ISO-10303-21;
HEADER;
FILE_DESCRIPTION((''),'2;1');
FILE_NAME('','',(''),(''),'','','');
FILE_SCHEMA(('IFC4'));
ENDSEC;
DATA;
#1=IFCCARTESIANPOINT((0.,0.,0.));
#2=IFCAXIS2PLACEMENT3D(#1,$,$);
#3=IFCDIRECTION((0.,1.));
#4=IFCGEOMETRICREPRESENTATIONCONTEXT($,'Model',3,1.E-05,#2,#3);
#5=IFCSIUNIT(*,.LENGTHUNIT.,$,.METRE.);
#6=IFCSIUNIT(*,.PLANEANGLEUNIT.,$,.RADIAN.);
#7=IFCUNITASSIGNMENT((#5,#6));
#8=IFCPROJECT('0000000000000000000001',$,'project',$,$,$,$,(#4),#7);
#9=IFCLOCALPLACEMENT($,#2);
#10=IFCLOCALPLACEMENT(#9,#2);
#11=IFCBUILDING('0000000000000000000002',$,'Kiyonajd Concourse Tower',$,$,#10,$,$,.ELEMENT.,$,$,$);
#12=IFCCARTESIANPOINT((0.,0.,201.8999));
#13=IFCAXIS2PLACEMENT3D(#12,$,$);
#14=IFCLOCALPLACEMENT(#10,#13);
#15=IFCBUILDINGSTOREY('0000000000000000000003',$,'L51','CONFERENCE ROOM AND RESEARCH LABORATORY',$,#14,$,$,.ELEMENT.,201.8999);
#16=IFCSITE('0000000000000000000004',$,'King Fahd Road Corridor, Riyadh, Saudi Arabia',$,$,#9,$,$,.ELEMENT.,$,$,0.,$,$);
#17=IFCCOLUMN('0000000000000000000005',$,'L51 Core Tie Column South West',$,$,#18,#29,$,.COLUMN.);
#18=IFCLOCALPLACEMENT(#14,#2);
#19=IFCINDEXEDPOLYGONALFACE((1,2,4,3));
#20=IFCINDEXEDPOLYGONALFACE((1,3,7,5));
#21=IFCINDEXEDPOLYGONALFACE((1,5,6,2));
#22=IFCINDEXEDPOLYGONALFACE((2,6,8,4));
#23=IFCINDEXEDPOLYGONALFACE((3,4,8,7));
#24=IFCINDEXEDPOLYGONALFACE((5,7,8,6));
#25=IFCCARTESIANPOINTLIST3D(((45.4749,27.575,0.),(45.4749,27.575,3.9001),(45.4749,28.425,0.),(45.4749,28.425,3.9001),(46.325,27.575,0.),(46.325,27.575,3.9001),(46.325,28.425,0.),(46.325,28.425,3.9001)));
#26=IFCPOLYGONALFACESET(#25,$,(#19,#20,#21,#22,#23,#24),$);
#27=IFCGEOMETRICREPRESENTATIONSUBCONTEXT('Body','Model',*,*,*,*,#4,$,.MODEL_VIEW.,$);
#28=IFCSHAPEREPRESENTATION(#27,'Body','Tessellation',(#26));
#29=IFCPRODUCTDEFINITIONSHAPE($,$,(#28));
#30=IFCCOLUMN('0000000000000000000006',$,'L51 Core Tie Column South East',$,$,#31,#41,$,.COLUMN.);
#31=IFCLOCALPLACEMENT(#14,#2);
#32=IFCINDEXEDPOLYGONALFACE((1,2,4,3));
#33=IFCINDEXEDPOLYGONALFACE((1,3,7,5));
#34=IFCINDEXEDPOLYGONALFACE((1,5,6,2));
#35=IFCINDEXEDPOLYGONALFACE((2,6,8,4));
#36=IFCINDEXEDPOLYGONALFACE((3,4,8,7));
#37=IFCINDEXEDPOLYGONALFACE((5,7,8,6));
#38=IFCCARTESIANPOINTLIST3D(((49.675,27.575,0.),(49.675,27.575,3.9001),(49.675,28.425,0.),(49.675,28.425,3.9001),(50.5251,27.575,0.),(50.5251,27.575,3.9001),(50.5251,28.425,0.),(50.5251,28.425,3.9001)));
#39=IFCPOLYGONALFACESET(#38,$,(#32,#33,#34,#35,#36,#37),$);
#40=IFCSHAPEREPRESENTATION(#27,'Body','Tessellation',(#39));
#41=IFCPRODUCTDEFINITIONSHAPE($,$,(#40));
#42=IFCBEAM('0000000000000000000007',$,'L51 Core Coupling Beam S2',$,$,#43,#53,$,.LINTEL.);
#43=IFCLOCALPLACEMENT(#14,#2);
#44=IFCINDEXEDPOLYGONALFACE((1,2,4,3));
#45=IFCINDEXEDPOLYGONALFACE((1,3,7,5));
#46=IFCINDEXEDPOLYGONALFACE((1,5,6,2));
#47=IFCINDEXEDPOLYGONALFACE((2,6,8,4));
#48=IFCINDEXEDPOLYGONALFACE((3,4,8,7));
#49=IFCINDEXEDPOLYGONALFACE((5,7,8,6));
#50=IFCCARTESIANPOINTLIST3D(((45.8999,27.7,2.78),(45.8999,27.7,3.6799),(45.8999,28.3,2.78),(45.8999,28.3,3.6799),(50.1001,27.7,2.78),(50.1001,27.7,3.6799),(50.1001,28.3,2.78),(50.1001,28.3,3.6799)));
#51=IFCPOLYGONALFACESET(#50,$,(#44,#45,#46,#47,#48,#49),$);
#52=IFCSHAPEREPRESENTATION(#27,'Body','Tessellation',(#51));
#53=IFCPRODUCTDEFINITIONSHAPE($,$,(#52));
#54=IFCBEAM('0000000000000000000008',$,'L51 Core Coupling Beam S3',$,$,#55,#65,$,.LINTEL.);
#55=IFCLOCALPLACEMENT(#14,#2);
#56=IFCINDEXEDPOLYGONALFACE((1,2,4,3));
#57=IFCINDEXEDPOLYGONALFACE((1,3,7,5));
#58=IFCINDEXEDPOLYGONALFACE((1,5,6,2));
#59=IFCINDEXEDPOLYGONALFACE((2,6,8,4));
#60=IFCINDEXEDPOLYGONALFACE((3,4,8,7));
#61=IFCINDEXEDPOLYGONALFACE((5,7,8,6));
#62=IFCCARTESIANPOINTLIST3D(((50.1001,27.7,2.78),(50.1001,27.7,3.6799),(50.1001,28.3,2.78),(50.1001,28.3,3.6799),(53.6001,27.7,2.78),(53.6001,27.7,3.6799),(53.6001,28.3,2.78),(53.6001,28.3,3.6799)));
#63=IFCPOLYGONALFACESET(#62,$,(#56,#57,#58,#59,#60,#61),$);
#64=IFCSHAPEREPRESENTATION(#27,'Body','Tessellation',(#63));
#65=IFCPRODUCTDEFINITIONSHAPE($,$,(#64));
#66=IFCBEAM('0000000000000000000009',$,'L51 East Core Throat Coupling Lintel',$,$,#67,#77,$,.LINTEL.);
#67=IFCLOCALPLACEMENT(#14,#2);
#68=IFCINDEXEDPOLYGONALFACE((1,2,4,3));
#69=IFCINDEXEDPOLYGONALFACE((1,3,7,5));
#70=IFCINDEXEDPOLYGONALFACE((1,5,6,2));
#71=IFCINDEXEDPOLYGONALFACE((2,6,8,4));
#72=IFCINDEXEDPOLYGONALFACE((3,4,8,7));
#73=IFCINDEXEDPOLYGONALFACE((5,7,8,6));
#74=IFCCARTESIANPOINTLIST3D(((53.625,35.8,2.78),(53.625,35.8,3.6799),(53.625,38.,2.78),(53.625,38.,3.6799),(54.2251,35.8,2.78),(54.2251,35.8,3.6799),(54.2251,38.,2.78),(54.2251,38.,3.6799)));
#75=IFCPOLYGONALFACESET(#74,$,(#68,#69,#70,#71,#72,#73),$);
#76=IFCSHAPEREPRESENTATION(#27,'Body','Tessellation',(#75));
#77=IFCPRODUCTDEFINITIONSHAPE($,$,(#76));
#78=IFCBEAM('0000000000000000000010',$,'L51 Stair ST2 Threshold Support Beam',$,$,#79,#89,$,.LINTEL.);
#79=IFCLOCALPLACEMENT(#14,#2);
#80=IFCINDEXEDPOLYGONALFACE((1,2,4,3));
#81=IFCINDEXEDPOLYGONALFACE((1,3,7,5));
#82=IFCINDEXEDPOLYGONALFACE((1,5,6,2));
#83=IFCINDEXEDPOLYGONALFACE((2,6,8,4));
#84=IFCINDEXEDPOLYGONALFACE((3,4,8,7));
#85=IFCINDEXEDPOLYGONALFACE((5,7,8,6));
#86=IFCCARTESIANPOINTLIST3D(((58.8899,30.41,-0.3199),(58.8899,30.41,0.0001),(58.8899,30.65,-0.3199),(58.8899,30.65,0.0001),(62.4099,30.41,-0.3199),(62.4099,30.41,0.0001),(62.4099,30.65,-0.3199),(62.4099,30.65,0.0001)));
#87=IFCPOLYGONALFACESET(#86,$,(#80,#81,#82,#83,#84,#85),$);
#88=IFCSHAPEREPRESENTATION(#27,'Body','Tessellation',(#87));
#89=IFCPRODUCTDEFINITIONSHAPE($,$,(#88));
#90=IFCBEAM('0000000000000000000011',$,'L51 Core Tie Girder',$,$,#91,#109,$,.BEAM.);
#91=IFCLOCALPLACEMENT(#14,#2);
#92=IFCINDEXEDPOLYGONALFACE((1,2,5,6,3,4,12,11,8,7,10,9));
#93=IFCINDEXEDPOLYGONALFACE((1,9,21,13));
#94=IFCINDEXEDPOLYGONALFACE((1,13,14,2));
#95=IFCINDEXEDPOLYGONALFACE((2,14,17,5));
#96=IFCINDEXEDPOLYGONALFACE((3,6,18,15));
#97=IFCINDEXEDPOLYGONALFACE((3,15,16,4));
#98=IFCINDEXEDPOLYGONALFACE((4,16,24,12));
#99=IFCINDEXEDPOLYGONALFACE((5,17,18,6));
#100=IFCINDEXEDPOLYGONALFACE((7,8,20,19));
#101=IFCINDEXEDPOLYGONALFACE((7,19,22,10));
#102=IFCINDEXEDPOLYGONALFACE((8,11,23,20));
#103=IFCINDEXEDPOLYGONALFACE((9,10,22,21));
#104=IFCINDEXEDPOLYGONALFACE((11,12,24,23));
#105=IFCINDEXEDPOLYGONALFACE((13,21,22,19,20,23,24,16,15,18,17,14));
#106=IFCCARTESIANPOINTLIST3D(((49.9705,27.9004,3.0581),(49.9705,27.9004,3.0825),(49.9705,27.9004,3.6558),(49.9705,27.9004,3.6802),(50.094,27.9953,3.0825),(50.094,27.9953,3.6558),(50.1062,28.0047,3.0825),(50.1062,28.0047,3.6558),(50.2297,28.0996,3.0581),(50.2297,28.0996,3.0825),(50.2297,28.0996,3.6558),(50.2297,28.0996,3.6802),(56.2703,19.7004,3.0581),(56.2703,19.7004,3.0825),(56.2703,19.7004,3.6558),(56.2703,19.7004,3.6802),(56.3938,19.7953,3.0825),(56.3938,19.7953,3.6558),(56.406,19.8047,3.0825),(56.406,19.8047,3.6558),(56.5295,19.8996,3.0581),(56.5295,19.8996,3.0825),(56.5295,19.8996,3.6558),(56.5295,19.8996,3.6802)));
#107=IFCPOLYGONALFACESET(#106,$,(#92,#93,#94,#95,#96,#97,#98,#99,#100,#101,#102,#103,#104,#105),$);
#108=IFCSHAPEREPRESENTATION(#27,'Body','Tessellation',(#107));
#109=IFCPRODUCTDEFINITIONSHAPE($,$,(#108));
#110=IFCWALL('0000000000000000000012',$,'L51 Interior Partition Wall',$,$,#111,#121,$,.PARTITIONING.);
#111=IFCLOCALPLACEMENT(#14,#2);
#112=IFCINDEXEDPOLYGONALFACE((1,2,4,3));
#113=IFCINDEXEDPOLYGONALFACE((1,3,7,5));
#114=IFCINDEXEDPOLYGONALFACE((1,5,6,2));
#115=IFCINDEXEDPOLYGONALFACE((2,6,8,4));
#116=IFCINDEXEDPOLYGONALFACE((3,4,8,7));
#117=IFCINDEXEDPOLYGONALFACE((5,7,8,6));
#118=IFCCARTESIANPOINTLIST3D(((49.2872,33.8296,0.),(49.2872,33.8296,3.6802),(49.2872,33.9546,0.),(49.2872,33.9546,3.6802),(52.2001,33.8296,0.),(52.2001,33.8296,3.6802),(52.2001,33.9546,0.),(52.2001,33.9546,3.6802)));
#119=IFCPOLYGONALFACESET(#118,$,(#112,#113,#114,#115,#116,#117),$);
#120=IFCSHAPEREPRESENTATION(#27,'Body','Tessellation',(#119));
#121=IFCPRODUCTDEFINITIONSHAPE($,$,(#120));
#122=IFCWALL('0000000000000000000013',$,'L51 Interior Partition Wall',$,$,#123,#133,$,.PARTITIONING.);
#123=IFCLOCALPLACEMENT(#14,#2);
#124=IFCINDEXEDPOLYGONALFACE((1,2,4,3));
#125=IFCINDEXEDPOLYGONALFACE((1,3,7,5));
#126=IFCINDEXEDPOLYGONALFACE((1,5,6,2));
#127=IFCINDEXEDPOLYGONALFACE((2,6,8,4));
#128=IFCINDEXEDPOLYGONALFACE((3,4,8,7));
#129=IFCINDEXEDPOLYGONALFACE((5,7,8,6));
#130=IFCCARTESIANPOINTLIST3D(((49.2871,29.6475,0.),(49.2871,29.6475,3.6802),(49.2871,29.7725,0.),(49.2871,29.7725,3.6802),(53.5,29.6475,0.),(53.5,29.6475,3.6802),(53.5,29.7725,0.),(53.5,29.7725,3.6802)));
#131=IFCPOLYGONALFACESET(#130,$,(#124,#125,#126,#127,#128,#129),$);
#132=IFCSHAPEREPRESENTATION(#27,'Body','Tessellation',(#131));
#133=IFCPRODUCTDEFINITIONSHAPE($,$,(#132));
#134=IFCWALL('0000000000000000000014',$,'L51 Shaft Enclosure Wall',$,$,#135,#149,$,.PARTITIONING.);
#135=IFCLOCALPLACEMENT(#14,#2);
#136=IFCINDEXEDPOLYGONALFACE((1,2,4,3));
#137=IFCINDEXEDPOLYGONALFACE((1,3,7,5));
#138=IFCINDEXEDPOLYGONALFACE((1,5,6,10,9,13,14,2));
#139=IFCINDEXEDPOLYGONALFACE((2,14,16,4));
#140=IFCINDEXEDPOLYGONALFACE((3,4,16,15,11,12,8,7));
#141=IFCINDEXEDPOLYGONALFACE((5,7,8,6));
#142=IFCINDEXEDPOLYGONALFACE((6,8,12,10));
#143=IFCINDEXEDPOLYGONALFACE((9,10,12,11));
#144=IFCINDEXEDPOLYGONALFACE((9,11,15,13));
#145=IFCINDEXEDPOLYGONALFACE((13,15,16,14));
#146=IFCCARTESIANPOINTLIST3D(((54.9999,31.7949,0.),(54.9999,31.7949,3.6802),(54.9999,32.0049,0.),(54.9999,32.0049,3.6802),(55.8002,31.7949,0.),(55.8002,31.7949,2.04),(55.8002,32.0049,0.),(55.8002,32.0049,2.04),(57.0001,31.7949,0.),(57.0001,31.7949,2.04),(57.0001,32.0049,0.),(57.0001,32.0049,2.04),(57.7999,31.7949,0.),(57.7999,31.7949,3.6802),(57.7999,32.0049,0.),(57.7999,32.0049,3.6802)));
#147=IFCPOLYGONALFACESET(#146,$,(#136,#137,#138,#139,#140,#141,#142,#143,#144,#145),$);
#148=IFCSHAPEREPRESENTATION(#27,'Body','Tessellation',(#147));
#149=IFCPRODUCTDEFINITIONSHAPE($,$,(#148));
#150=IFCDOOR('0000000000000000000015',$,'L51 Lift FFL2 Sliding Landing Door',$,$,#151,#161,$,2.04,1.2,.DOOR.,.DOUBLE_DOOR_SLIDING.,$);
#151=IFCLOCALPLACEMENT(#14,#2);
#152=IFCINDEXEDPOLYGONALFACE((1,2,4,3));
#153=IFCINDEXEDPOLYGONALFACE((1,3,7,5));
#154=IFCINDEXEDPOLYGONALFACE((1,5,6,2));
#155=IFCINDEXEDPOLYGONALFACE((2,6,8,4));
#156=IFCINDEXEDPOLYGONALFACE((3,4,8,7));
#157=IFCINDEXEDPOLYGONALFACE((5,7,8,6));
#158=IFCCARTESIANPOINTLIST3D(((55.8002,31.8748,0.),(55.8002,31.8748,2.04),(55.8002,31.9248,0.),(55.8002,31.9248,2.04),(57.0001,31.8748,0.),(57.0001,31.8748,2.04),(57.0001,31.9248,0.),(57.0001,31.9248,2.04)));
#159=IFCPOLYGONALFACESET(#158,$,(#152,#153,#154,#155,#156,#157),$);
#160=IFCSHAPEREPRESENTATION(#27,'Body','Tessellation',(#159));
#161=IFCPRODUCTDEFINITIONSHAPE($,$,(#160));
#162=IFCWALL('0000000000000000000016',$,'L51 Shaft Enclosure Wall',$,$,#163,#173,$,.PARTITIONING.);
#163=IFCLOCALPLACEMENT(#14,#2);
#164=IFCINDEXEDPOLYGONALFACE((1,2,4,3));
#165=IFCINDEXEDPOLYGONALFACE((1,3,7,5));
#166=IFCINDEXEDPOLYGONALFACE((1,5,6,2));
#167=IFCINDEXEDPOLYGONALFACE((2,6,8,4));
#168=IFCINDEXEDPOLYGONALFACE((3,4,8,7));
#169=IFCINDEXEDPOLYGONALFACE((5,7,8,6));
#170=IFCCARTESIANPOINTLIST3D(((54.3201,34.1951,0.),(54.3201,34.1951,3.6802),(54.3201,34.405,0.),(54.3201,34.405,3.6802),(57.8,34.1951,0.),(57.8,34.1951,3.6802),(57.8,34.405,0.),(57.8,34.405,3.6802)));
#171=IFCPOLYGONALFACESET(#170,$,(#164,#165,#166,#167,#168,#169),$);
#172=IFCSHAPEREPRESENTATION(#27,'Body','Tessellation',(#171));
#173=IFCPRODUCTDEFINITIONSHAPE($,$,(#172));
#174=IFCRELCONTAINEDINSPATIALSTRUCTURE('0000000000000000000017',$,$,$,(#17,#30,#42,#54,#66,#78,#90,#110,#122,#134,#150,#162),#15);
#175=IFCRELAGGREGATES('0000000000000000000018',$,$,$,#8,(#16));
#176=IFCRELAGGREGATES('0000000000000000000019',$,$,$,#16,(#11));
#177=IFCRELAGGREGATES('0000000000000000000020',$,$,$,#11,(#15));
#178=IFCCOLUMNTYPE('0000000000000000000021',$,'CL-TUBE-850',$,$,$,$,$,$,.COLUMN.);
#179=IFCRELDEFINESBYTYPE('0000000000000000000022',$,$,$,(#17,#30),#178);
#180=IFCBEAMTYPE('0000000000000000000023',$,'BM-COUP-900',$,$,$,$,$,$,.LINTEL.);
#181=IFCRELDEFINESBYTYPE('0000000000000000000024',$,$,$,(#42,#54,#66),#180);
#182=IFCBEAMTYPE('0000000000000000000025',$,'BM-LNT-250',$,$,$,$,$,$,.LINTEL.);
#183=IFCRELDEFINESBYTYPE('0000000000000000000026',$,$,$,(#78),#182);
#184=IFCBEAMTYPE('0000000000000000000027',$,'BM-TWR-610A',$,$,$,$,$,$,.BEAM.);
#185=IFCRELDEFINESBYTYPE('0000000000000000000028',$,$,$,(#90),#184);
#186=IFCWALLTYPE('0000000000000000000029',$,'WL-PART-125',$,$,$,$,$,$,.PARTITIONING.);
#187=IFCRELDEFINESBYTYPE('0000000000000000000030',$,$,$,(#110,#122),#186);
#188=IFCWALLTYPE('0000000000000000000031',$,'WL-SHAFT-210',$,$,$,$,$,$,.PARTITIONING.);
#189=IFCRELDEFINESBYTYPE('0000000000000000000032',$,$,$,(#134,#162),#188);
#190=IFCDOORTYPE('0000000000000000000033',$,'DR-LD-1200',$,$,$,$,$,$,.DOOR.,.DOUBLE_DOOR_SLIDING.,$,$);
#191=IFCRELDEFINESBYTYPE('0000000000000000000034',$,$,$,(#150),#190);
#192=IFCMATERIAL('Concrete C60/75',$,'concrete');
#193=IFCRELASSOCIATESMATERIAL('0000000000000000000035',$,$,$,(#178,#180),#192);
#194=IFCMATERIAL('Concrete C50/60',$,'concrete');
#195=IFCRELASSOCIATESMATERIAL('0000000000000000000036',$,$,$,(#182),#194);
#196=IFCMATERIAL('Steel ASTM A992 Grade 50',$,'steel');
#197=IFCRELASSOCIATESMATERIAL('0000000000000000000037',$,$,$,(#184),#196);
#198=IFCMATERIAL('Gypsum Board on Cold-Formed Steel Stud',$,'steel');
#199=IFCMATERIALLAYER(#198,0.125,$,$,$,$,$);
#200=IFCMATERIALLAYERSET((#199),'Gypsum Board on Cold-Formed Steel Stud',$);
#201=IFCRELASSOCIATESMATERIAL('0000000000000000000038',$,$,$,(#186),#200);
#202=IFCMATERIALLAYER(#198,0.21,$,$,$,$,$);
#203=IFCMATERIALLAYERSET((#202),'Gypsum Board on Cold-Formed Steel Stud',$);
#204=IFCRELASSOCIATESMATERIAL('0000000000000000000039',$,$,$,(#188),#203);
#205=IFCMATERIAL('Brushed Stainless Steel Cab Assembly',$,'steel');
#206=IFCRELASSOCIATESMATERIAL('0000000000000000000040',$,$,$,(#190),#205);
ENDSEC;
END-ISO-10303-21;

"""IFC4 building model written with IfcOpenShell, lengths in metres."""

from ifc_helpers import new_model, si_unit, direction, frame, frame_2d, origin, origin_2d, place, context, subcontext, project, spatial, rectangle, i_section, extrude, material, layer, layer_set, material_profile, profile_set, type_object, element, fill, save


model = new_model("IFC4")

# Units and contexts
model_context = context("Model", 3, precision=1e-05, world=origin(), true_north=direction((0.0, 1.0)))
body_context = subcontext(model_context, "Body", "Model", "MODEL_VIEW")
ifc_project = project(units=[si_unit("LENGTHUNIT", "METRE"), si_unit("PLANEANGLEUNIT", "RADIAN")], contexts=[model_context])

# Site, building, storey
site_placement = place(None, origin())
site = spatial("IfcSite", under=ifc_project, at=site_placement, Name="King Fahd Road Corridor, Riyadh, Saudi Arabia", CompositionType="ELEMENT", RefElevation=0.0)
building_placement = place(site_placement, origin())
building = spatial("IfcBuilding", under=site, at=building_placement, Name="Kiyonajd Concourse Tower", CompositionType="ELEMENT")
storey_placement = place(building_placement, frame((0.0, 0.0, 201.8999)))
storey = spatial("IfcBuildingStorey", under=building, at=storey_placement, Name="L51", Description="CONFERENCE ROOM AND RESEARCH LABORATORY", CompositionType="ELEMENT", Elevation=201.8999)

# Columns
ifc_material_1 = material(Name="Concrete C60/75", Category="concrete")
ifc_material_profile_1 = material_profile(ifc_material_1, rectangle(XDim=0.8501, YDim=0.8501, at=origin_2d()), Name="RC-850x850")
ifc_profile_set_1 = profile_set([ifc_material_profile_1], Name="Concrete C60/75")
column_type = type_object("IfcColumnType", Name="CL-TUBE-850", PredefinedType="COLUMN", material=ifc_profile_set_1)
for number, where, z_axis, x_axis, name in (
    (1, (45.8999, 28.0, 0.0), (0.0, 0.0, 1.0), (1.0, 0.0, 0.0), "L51 Core Tie Column South West"),
    (2, (50.1001, 28.0, 0.0), (0.0, 0.0, 1.0), (1.0, 0.0, 0.0), "L51 Core Tie Column South East"),
):
    element("IfcColumn", number, at=place(storey_placement, frame(where, z_axis=z_axis, x_axis=x_axis)), inside=storey, type_object=column_type, Name=name, PredefinedType="COLUMN", context=body_context, shape_type="SweptSolid", body=[
        extrude(rectangle(XDim=0.8501, YDim=0.8501, at=origin_2d()), origin(), (0.0, 0.0, 1.0), 3.9001),
    ])

# Beams
ifc_material_profile_2 = material_profile(ifc_material_1, rectangle(XDim=0.6001, YDim=0.8999, at=origin_2d()), Name="RCBM-600x900")
ifc_profile_set_2 = profile_set([ifc_material_profile_2], Name="Concrete C60/75")
beam_type_1 = type_object("IfcBeamType", Name="BM-COUP-900", PredefinedType="LINTEL", material=ifc_profile_set_2)
beam_1_placement = place(storey_placement, frame((45.8999, 28.0, 3.23), z_axis=(1.0, 0.0, 0.0), x_axis=(0.0, 1.0, 0.0)))
element("IfcBeam", 3, at=beam_1_placement, inside=storey, type_object=beam_type_1, Name="L51 Core Coupling Beam S2", PredefinedType="LINTEL", context=body_context, shape_type="SweptSolid", body=[
    extrude(rectangle(XDim=0.6001, YDim=0.8999, at=origin_2d()), origin(), (0.0, 0.0, 1.0), 4.2002),
])
beam_2_placement = place(storey_placement, frame((50.1001, 28.0, 3.23), z_axis=(1.0, 0.0, 0.0), x_axis=(0.0, 1.0, 0.0)))
element("IfcBeam", 4, at=beam_2_placement, inside=storey, type_object=beam_type_1, Name="L51 Core Coupling Beam S3", PredefinedType="LINTEL", context=body_context, shape_type="SweptSolid", body=[
    extrude(rectangle(XDim=0.6001, YDim=0.8999, at=origin_2d()), origin(), (0.0, 0.0, 1.0), 3.5),
])
beam_3_placement = place(storey_placement, frame((53.925, 35.8, 3.23), z_axis=(0.0, 1.0, 0.0), x_axis=(-1.0, 0.0, 0.0)))
element("IfcBeam", 5, at=beam_3_placement, inside=storey, type_object=beam_type_1, Name="L51 East Core Throat Coupling Lintel", PredefinedType="LINTEL", context=body_context, shape_type="SweptSolid", body=[
    extrude(rectangle(XDim=0.6001, YDim=0.8999, at=origin_2d()), origin(), (0.0, 0.0, 1.0), 2.2),
])
ifc_material_2 = material(Name="Concrete C50/60", Category="concrete")
ifc_material_profile_3 = material_profile(ifc_material_2, rectangle(XDim=0.24, YDim=0.3201, at=origin_2d()), Name="RCBM-240x320")
ifc_profile_set_3 = profile_set([ifc_material_profile_3], Name="Concrete C50/60")
beam_type_2 = type_object("IfcBeamType", Name="BM-LNT-250", PredefinedType="LINTEL", material=ifc_profile_set_3)
beam_4_placement = place(storey_placement, frame((58.8899, 30.53, -0.1599), z_axis=(1.0, 0.0, 0.0), x_axis=(0.0, 1.0, 0.0)))
element("IfcBeam", 6, at=beam_4_placement, inside=storey, type_object=beam_type_2, Name="L51 Stair ST2 Threshold Support Beam", PredefinedType="LINTEL", context=body_context, shape_type="SweptSolid", body=[
    extrude(rectangle(XDim=0.24, YDim=0.3201, at=origin_2d()), origin(), (0.0, 0.0, 1.0), 3.52),
])
ifc_material_3 = material(Name="Steel ASTM A992 Grade 50", Category="steel")
ifc_material_profile_4 = material_profile(ifc_material_3, i_section(OverallWidth=0.3269, OverallDepth=0.6221, WebThickness=0.0154, FlangeThickness=0.0244, at=origin_2d()), Name="W610X195")
ifc_profile_set_4 = profile_set([ifc_material_profile_4], Name="Steel ASTM A992 Grade 50")
beam_type_3 = type_object("IfcBeamType", Name="BM-TWR-610A", PredefinedType="BEAM", material=ifc_profile_set_4)
beam_5_placement = place(storey_placement, frame((50.1001, 28.0, 3.3691), z_axis=(0.609234, -0.792991, 0.0), x_axis=(0.792991, 0.609234, 0.0)))
element("IfcBeam", 7, at=beam_5_placement, inside=storey, type_object=beam_type_3, Name="L51 Core Tie Girder", PredefinedType="BEAM", context=body_context, shape_type="SweptSolid", body=[
    extrude(i_section(OverallWidth=0.3269, OverallDepth=0.6221, WebThickness=0.0154, FlangeThickness=0.0244, at=origin_2d()), origin(), (0.0, 0.0, 1.0), 10.3406),
])

# Walls
ifc_material_4 = material(Name="Gypsum Board on Cold-Formed Steel Stud", Category="steel")
ifc_layer_1 = layer(ifc_material_4, 0.125)
ifc_layer_set_1 = layer_set([ifc_layer_1], Name="Gypsum Board on Cold-Formed Steel Stud")
wall_type_1 = type_object("IfcWallType", Name="WL-PART-125", PredefinedType="PARTITIONING", material=ifc_layer_set_1)
wall_1_placement = place(storey_placement, frame((49.2871, 33.8921, 0.0), z_axis=(0.0, 0.0, 1.0), x_axis=(1.0, 0.0, 0.0)))
element("IfcWall", 8, at=wall_1_placement, inside=storey, type_object=wall_type_1, Name="L51 Interior Partition Wall", PredefinedType="PARTITIONING", context=body_context, shape_type="SweptSolid", body=[
    extrude(rectangle(XDim=2.9128, YDim=0.125, at=frame_2d((1.4565, 0.0))), origin(), (0.0, 0.0, 1.0), 3.6802),
])
wall_2_placement = place(storey_placement, frame((49.2871, 29.71, 0.0), z_axis=(0.0, 0.0, 1.0), x_axis=(1.0, 0.0, 0.0)))
element("IfcWall", 9, at=wall_2_placement, inside=storey, type_object=wall_type_1, Name="L51 Interior Partition Wall", PredefinedType="PARTITIONING", context=body_context, shape_type="SweptSolid", body=[
    extrude(rectangle(XDim=4.2129, YDim=0.125, at=frame_2d((2.1064, 0.0))), origin(), (0.0, 0.0, 1.0), 3.6802),
])

# Wall, opening, door
ifc_layer_2 = layer(ifc_material_4, 0.21)
ifc_layer_set_2 = layer_set([ifc_layer_2], Name="Gypsum Board on Cold-Formed Steel Stud")
wall_type_2 = type_object("IfcWallType", Name="WL-SHAFT-210", PredefinedType="PARTITIONING", material=ifc_layer_set_2)
wall_3_placement = place(storey_placement, frame((55.0, 31.8999, 0.0), z_axis=(0.0, 0.0, 1.0), x_axis=(1.0, 0.0, 0.0)))
wall_3 = element("IfcWall", 10, at=wall_3_placement, inside=storey, type_object=wall_type_2, Name="L51 Shaft Enclosure Wall", PredefinedType="PARTITIONING", context=body_context, shape_type="SweptSolid", body=[
    extrude(rectangle(XDim=2.8, YDim=0.21, at=frame_2d((1.3999, 0.0))), origin(), (0.0, 0.0, 1.0), 3.6802),
])
opening_1_placement = place(wall_3_placement, frame((0.8, 0.0, 0.0)))
opening_1 = element("IfcOpeningElement", 11, at=opening_1_placement, cuts=wall_3, PredefinedType="OPENING", context=body_context, shape_type="SweptSolid", body=[
    extrude(rectangle(XDim=1.2, YDim=2.04, at=frame_2d((0.6001, 1.02))), frame((0.0, 0.115, 0.0), z_axis=(0.0, -1.0, 0.0), x_axis=(1.0, 0.0, 0.0)), (0.0, 0.0, 1.0), 0.23),
])
ifc_material_5 = material(Name="Brushed Stainless Steel Cab Assembly", Category="steel")
door_type_1 = type_object("IfcDoorType", Name="DR-LD-1200", OperationType="DOUBLE_DOOR_SLIDING", PredefinedType="DOOR", material=ifc_material_5)
door_1_placement = place(opening_1_placement, origin())
door_1 = element("IfcDoor", 12, at=door_1_placement, inside=storey, type_object=door_type_1, Name="L51 Lift FFL2 Sliding Landing Door", OperationType="DOUBLE_DOOR_SLIDING", OverallHeight=2.04, OverallWidth=1.2, PredefinedType="DOOR", context=body_context, shape_type="SweptSolid", body=[
    extrude(rectangle(XDim=1.2, YDim=2.04, at=frame_2d((0.6001, 1.02))), frame((0.0, 0.0249, 0.0), z_axis=(0.0, -1.0, 0.0), x_axis=(1.0, 0.0, 0.0)), (0.0, 0.0, 1.0), 0.05),
])
fill(opening_1, door_1)

# Wall
wall_4_placement = place(storey_placement, frame((54.3201, 34.3, 0.0), z_axis=(0.0, 0.0, 1.0), x_axis=(1.0, 0.0, 0.0)))
element("IfcWall", 13, at=wall_4_placement, inside=storey, type_object=wall_type_2, Name="L51 Shaft Enclosure Wall", PredefinedType="PARTITIONING", context=body_context, shape_type="SweptSolid", body=[
    extrude(rectangle(XDim=3.48, YDim=0.21, at=frame_2d((1.74, 0.0))), origin(), (0.0, 0.0, 1.0), 3.6802),
])

save(model, "model.ifc")
